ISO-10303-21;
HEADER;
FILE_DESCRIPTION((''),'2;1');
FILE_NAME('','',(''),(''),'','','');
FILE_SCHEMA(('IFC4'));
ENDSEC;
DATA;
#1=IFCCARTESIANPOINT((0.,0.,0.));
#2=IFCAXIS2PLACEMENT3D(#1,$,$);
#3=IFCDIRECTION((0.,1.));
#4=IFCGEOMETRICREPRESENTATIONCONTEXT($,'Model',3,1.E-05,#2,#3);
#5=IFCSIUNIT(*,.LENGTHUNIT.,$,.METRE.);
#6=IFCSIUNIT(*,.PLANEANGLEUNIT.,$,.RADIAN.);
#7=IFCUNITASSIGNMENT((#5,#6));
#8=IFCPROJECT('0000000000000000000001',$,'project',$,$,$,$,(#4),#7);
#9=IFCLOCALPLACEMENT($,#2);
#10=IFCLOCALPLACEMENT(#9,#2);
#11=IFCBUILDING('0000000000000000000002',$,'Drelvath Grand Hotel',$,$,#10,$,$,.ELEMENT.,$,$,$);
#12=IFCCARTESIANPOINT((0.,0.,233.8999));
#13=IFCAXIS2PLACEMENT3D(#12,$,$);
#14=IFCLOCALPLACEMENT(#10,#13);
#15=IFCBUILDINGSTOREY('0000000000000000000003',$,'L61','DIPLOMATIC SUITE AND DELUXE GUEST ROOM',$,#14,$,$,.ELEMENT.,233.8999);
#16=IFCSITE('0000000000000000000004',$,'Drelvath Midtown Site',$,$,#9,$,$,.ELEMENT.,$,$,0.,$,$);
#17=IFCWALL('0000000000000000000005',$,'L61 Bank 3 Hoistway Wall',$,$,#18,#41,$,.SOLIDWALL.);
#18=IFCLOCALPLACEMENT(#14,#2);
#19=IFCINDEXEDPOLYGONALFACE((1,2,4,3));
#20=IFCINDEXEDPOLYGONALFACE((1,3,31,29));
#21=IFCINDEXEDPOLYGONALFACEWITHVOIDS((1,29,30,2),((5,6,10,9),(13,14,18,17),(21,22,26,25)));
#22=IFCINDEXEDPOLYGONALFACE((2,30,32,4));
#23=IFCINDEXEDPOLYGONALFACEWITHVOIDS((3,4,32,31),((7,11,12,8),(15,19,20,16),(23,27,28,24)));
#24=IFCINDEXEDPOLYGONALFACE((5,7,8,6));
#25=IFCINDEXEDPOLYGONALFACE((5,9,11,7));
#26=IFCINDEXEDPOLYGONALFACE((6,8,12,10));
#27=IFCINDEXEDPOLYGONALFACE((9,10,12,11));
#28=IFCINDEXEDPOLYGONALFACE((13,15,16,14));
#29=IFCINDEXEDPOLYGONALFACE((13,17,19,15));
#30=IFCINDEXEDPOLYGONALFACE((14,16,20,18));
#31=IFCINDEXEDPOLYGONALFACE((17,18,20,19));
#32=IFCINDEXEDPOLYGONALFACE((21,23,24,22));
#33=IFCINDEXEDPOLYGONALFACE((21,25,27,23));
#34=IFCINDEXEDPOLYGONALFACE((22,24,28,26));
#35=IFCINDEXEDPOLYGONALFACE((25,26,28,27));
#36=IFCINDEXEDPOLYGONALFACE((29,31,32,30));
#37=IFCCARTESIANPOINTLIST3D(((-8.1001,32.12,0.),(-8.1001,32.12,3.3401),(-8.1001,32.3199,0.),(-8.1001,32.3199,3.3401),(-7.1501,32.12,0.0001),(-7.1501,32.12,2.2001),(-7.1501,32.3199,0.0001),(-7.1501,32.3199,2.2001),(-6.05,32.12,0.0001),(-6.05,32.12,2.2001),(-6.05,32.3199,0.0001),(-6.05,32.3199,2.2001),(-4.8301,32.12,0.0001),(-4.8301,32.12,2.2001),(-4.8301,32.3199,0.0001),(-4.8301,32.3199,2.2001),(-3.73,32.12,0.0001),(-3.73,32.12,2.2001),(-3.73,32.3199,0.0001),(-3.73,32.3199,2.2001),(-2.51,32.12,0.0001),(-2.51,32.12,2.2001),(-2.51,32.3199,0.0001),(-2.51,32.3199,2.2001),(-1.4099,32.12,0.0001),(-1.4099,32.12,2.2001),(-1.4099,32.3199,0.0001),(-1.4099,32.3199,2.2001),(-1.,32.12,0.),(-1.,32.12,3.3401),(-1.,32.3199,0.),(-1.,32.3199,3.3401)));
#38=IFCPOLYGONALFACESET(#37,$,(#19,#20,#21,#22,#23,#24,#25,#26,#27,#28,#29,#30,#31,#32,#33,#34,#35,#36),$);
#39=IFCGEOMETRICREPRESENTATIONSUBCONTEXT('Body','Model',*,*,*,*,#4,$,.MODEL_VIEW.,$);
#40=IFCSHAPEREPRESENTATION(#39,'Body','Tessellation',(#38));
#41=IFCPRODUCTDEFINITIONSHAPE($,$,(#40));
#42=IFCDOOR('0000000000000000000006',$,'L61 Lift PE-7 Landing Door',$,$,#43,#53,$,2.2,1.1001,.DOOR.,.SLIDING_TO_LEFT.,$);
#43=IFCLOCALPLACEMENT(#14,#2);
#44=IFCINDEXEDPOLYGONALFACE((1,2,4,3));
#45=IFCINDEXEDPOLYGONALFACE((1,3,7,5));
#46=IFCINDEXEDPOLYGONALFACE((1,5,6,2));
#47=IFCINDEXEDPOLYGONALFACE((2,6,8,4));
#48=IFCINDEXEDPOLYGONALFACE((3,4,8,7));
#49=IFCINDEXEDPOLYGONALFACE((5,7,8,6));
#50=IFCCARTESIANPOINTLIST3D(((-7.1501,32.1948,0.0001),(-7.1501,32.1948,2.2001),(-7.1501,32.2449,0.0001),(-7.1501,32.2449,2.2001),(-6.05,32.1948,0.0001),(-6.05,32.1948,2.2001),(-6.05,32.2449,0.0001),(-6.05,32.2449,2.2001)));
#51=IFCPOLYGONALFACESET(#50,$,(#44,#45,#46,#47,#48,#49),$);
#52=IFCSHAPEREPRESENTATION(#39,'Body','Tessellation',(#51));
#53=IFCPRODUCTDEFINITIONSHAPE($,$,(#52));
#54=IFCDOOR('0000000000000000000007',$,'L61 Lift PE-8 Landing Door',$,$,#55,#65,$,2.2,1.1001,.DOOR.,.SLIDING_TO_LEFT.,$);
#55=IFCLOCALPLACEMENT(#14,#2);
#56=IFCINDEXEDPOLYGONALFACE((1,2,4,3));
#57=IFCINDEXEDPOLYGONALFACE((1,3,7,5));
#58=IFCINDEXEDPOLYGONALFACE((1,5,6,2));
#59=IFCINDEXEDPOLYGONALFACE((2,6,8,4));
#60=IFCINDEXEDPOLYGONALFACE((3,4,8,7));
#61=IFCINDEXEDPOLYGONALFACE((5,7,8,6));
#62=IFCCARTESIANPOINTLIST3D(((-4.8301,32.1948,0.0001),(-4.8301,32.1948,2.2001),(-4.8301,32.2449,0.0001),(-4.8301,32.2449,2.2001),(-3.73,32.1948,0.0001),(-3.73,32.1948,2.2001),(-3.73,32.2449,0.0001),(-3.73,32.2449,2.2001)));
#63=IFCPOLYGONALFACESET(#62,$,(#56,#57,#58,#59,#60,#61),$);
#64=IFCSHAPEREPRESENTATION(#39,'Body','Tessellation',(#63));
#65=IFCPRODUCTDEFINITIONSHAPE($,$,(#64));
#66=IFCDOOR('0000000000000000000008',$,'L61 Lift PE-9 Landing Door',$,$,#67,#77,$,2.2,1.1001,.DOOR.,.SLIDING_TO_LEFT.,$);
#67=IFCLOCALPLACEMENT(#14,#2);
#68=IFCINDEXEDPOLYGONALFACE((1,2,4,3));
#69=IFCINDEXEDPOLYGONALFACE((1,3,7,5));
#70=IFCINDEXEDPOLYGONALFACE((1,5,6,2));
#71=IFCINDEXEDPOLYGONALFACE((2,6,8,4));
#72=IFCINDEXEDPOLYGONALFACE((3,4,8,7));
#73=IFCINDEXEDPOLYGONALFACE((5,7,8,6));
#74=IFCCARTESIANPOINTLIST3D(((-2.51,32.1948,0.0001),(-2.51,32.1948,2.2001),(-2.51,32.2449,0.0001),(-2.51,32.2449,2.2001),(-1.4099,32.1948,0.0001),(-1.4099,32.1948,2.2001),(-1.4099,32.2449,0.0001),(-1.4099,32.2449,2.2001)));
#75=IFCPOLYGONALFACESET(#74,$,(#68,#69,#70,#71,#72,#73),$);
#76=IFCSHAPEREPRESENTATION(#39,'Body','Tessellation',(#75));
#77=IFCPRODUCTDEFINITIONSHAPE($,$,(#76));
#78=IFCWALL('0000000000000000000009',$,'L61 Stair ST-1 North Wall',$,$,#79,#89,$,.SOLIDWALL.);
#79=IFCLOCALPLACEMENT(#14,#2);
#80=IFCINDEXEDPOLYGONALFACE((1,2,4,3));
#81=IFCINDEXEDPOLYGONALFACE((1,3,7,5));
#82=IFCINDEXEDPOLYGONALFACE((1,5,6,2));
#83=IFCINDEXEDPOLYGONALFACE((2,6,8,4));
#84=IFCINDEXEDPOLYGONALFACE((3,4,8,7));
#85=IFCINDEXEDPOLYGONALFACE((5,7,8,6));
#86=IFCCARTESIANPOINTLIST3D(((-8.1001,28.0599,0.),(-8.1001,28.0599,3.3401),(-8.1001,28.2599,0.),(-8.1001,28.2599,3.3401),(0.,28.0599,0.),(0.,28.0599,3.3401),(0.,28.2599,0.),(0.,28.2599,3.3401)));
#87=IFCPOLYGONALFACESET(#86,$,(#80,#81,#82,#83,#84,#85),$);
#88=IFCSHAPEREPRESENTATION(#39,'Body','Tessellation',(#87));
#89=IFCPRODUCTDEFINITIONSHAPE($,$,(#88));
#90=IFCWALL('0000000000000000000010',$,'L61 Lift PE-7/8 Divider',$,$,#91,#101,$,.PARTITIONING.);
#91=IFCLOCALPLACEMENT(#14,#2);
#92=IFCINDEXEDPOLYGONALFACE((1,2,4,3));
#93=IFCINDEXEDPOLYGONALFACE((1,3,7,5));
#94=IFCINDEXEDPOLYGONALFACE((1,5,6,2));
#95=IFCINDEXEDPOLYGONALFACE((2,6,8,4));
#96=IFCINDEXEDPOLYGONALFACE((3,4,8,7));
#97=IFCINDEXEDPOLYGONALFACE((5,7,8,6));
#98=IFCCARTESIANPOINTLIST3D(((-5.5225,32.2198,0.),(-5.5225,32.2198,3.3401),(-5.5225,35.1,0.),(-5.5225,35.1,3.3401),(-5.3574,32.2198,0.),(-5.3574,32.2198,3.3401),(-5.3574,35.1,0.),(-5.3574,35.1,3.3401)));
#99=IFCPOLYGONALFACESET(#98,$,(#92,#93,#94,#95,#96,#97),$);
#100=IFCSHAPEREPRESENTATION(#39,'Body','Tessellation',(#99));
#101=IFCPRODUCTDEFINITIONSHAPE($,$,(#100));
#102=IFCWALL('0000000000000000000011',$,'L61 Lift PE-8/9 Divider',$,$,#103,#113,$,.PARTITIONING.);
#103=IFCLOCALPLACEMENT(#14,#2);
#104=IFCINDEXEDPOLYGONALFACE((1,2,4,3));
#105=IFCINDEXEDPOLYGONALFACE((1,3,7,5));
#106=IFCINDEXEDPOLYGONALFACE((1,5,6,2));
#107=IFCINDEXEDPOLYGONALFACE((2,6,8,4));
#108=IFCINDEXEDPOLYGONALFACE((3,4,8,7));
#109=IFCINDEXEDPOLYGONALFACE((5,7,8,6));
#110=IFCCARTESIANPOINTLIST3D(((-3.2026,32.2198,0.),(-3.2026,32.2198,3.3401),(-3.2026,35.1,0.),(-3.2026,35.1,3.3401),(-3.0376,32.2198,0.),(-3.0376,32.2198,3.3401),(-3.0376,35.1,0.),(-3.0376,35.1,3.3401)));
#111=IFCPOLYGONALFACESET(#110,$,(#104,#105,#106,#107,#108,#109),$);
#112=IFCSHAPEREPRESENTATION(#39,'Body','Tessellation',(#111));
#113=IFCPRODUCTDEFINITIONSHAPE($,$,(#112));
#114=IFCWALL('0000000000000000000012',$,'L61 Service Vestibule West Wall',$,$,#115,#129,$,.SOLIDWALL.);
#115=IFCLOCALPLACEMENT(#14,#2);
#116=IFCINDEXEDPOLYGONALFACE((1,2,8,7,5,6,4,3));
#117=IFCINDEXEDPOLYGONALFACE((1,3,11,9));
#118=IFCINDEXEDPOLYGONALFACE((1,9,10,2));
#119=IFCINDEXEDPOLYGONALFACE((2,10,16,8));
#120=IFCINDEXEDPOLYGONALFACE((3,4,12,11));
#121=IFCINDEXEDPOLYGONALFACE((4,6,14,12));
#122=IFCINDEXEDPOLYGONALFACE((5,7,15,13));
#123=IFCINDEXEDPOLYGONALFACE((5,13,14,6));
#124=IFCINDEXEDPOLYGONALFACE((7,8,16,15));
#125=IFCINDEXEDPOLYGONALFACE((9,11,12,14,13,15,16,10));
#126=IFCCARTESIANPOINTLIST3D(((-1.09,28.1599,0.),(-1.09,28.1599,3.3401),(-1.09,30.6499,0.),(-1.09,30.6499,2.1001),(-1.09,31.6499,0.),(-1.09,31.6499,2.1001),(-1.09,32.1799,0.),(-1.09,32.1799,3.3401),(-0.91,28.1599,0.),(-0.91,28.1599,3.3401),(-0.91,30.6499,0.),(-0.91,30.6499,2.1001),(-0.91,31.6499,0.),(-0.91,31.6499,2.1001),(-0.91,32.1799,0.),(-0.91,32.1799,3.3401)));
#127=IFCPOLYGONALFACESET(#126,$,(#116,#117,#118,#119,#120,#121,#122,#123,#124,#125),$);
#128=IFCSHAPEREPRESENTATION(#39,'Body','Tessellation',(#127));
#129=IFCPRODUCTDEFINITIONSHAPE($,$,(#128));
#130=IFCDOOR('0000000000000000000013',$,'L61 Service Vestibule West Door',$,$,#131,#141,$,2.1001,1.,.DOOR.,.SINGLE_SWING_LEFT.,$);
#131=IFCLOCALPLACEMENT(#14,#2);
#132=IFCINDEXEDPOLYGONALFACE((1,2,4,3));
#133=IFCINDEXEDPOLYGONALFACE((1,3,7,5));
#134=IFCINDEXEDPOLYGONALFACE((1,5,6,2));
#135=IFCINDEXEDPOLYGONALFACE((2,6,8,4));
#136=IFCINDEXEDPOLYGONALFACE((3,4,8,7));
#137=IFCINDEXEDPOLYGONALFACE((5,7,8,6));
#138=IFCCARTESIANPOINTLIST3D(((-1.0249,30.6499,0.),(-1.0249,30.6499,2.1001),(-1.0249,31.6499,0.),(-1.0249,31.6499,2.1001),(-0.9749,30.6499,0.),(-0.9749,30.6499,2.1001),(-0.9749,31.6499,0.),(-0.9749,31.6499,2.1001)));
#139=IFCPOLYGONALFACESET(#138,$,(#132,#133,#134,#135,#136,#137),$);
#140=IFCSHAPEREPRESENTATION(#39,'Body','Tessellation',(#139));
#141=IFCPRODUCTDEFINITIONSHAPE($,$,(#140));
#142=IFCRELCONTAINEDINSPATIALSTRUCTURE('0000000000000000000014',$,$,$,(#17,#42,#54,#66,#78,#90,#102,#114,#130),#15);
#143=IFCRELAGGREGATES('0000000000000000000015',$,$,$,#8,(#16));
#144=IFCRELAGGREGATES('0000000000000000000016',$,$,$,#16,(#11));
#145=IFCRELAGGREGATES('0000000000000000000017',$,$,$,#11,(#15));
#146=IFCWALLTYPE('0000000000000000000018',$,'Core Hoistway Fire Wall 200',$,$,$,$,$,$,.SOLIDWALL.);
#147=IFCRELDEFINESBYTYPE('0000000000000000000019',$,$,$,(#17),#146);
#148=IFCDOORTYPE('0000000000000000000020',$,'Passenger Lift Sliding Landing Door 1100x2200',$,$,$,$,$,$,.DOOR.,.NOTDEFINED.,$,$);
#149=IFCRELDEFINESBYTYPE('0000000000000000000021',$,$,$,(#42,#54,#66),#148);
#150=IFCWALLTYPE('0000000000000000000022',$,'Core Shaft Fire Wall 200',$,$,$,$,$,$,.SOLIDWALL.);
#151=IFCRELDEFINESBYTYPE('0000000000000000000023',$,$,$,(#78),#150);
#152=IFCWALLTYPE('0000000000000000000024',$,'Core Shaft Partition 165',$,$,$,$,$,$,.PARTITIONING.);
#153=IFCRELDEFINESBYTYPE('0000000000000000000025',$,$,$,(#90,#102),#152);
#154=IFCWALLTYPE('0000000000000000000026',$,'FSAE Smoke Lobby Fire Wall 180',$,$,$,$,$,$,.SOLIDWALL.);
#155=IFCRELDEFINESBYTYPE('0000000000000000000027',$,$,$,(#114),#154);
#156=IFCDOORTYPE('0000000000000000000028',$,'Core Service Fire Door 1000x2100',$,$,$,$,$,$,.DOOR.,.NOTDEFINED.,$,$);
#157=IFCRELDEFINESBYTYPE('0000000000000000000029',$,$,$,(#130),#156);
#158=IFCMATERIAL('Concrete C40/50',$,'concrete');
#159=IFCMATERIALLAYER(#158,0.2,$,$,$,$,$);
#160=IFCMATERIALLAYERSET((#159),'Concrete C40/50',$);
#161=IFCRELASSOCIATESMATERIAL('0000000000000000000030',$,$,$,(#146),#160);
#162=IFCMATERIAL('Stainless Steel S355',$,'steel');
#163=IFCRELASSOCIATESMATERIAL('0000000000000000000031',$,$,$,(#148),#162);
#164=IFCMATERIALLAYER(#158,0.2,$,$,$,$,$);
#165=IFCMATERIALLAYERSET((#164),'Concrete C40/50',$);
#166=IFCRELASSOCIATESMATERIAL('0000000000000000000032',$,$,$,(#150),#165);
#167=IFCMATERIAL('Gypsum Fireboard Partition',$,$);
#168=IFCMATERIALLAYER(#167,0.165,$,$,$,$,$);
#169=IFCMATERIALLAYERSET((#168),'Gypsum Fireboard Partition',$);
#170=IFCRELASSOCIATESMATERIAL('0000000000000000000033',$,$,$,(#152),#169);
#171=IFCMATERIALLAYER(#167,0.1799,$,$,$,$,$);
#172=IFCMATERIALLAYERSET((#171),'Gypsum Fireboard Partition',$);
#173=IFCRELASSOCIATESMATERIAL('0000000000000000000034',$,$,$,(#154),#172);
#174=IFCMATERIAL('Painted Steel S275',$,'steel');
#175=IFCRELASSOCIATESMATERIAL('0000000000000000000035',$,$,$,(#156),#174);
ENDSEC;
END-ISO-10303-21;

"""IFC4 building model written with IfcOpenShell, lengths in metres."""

from ifc_helpers import new_model, si_unit, direction, frame, frame_2d, origin, place, context, subcontext, project, spatial, rectangle, extrude, material, layer, layer_set, type_object, element, fill, save


model = new_model("IFC4")

# Units and contexts
model_context = context("Model", 3, precision=1e-05, world=origin(), true_north=direction((0.0, 1.0)))
body_context = subcontext(model_context, "Body", "Model", "MODEL_VIEW")
ifc_project = project(units=[si_unit("LENGTHUNIT", "METRE"), si_unit("PLANEANGLEUNIT", "RADIAN")], contexts=[model_context])

# Site, building, storey
site_placement = place(None, origin())
site = spatial("IfcSite", under=ifc_project, at=site_placement, Name="Drelvath Midtown Site", CompositionType="ELEMENT", RefElevation=0.0)
building_placement = place(site_placement, origin())
building = spatial("IfcBuilding", under=site, at=building_placement, Name="Drelvath Grand Hotel", CompositionType="ELEMENT")
storey_placement = place(building_placement, frame((0.0, 0.0, 233.8999)))
storey = spatial("IfcBuildingStorey", under=building, at=storey_placement, Name="L61", Description="DIPLOMATIC SUITE AND DELUXE GUEST ROOM", CompositionType="ELEMENT", Elevation=233.8999)

# Shared definitions
ifc_material_1 = material(Name="Painted Steel S275", Category="steel")

# Shared definitions
ifc_material_2 = material(Name="Concrete C40/50", Category="concrete")
ifc_layer_1 = layer(ifc_material_2, 0.2)
ifc_layer_set_1 = layer_set([ifc_layer_1], Name="Concrete C40/50")
wall_type_1 = type_object("IfcWallType", Name="Core Hoistway Fire Wall 200", PredefinedType="SOLIDWALL", material=ifc_layer_set_1)
ifc_material_3 = material(Name="Stainless Steel S355", Category="steel")

# Wall, openings, doors
wall_1_placement = place(storey_placement, frame((-8.1001, 32.22, 0.0), z_axis=(0.0, 0.0, 1.0), x_axis=(1.0, 0.0, 0.0)))
wall_1 = element("IfcWall", 1, at=wall_1_placement, inside=storey, type_object=wall_type_1, Name="L61 Bank 3 Hoistway Wall", PredefinedType="SOLIDWALL", context=body_context, shape_type="SweptSolid", body=[
    extrude(rectangle(XDim=7.1001, YDim=0.2, at=frame_2d((3.55, 0.0))), origin(), (0.0, 0.0, 1.0), 3.3401),
])
opening_1_placement = place(wall_1_placement, frame((0.95, 0.0, 0.0)))
opening_1 = element("IfcOpeningElement", 2, at=opening_1_placement, cuts=wall_1, PredefinedType="OPENING", context=body_context, shape_type="SweptSolid", body=[
    extrude(rectangle(XDim=1.1001, YDim=2.2, at=frame_2d((0.55, 1.1001))), frame((0.0, 0.1099, 0.0), z_axis=(0.0, -1.0, 0.0), x_axis=(1.0, 0.0, 0.0)), (0.0, 0.0, 1.0), 0.22),
])
opening_2_placement = place(wall_1_placement, frame((3.27, 0.0, 0.0)))
opening_2 = element("IfcOpeningElement", 3, at=opening_2_placement, cuts=wall_1, PredefinedType="OPENING", context=body_context, shape_type="SweptSolid", body=[
    extrude(rectangle(XDim=1.1001, YDim=2.2, at=frame_2d((0.55, 1.1001))), frame((0.0, 0.1099, 0.0), z_axis=(0.0, -1.0, 0.0), x_axis=(1.0, 0.0, 0.0)), (0.0, 0.0, 1.0), 0.22),
])
opening_3_placement = place(wall_1_placement, frame((5.5901, 0.0, 0.0)))
opening_3 = element("IfcOpeningElement", 4, at=opening_3_placement, cuts=wall_1, PredefinedType="OPENING", context=body_context, shape_type="SweptSolid", body=[
    extrude(rectangle(XDim=1.1001, YDim=2.2, at=frame_2d((0.55, 1.1001))), frame((0.0, 0.1099, 0.0), z_axis=(0.0, -1.0, 0.0), x_axis=(1.0, 0.0, 0.0)), (0.0, 0.0, 1.0), 0.22),
])
door_type_1 = type_object("IfcDoorType", Name="Passenger Lift Sliding Landing Door 1100x2200", OperationType="NOTDEFINED", PredefinedType="DOOR", material=ifc_material_3)
door_1_placement = place(opening_1_placement, origin())
door_1 = element("IfcDoor", 5, at=door_1_placement, inside=storey, type_object=door_type_1, Name="L61 Lift PE-7 Landing Door", OperationType="SLIDING_TO_LEFT", OverallHeight=2.2, OverallWidth=1.1001, PredefinedType="DOOR", context=body_context, shape_type="SweptSolid", body=[
    extrude(rectangle(XDim=1.1001, YDim=2.2, at=frame_2d((0.55, 1.1001))), frame((0.0, 0.0249, 0.0), z_axis=(0.0, -1.0, 0.0), x_axis=(1.0, 0.0, 0.0)), (0.0, 0.0, 1.0), 0.05),
])
fill(opening_1, door_1)
door_2_placement = place(opening_2_placement, origin())
door_2 = element("IfcDoor", 6, at=door_2_placement, inside=storey, type_object=door_type_1, Name="L61 Lift PE-8 Landing Door", OperationType="SLIDING_TO_LEFT", OverallHeight=2.2, OverallWidth=1.1001, PredefinedType="DOOR", context=body_context, shape_type="SweptSolid", body=[
    extrude(rectangle(XDim=1.1001, YDim=2.2, at=frame_2d((0.55, 1.1001))), frame((0.0, 0.0249, 0.0), z_axis=(0.0, -1.0, 0.0), x_axis=(1.0, 0.0, 0.0)), (0.0, 0.0, 1.0), 0.05),
])
fill(opening_2, door_2)
door_3_placement = place(opening_3_placement, origin())
door_3 = element("IfcDoor", 7, at=door_3_placement, inside=storey, type_object=door_type_1, Name="L61 Lift PE-9 Landing Door", OperationType="SLIDING_TO_LEFT", OverallHeight=2.2, OverallWidth=1.1001, PredefinedType="DOOR", context=body_context, shape_type="SweptSolid", body=[
    extrude(rectangle(XDim=1.1001, YDim=2.2, at=frame_2d((0.55, 1.1001))), frame((0.0, 0.0249, 0.0), z_axis=(0.0, -1.0, 0.0), x_axis=(1.0, 0.0, 0.0)), (0.0, 0.0, 1.0), 0.05),
])
fill(opening_3, door_3)

# Walls
ifc_layer_2 = layer(ifc_material_2, 0.2)
ifc_layer_set_2 = layer_set([ifc_layer_2], Name="Concrete C40/50")
wall_type_2 = type_object("IfcWallType", Name="Core Shaft Fire Wall 200", PredefinedType="SOLIDWALL", material=ifc_layer_set_2)
wall_2_placement = place(storey_placement, frame((-8.1001, 28.1599, 0.0), z_axis=(0.0, 0.0, 1.0), x_axis=(1.0, 0.0, 0.0)))
element("IfcWall", 8, at=wall_2_placement, inside=storey, type_object=wall_type_2, Name="L61 Stair ST-1 North Wall", PredefinedType="SOLIDWALL", context=body_context, shape_type="SweptSolid", body=[
    extrude(rectangle(XDim=8.1001, YDim=0.2, at=frame_2d((4.05, 0.0))), origin(), (0.0, 0.0, 1.0), 3.3401),
])
ifc_material_4 = material(Name="Gypsum Fireboard Partition")
ifc_layer_3 = layer(ifc_material_4, 0.165)
ifc_layer_set_3 = layer_set([ifc_layer_3], Name="Gypsum Fireboard Partition")
wall_type_3 = type_object("IfcWallType", Name="Core Shaft Partition 165", PredefinedType="PARTITIONING", material=ifc_layer_set_3)
for number, where, z_axis, x_axis, name in (
    (9, (-5.4399, 32.22, 0.0), (0.0, 0.0, 1.0), (0.0, 1.0, 0.0), "L61 Lift PE-7/8 Divider"),
    (10, (-3.1201, 32.22, 0.0), (0.0, 0.0, 1.0), (0.0, 1.0, 0.0), "L61 Lift PE-8/9 Divider"),
):
    element("IfcWall", number, at=place(storey_placement, frame(where, z_axis=z_axis, x_axis=x_axis)), inside=storey, type_object=wall_type_3, Name=name, PredefinedType="PARTITIONING", context=body_context, shape_type="SweptSolid", body=[
        extrude(rectangle(XDim=2.8801, YDim=0.165, at=frame_2d((1.4399, 0.0))), origin(), (0.0, 0.0, 1.0), 3.3401),
    ])

# Wall, opening, door
ifc_layer_4 = layer(ifc_material_4, 0.1799)
ifc_layer_set_4 = layer_set([ifc_layer_4], Name="Gypsum Fireboard Partition")
wall_type_4 = type_object("IfcWallType", Name="FSAE Smoke Lobby Fire Wall 180", PredefinedType="SOLIDWALL", material=ifc_layer_set_4)
wall_3_placement = place(storey_placement, frame((-1.0, 28.1599, 0.0), z_axis=(0.0, 0.0, 1.0), x_axis=(0.0, 1.0, 0.0)))
wall_3 = element("IfcWall", 11, at=wall_3_placement, inside=storey, type_object=wall_type_4, Name="L61 Service Vestibule West Wall", PredefinedType="SOLIDWALL", context=body_context, shape_type="SweptSolid", body=[
    extrude(rectangle(XDim=4.02, YDim=0.1799, at=frame_2d((2.01, 0.0))), origin(), (0.0, 0.0, 1.0), 3.3401),
])
opening_4_placement = place(wall_3_placement, frame((2.49, 0.0, 0.0)))
opening_4 = element("IfcOpeningElement", 12, at=opening_4_placement, cuts=wall_3, PredefinedType="OPENING", context=body_context, shape_type="SweptSolid", body=[
    extrude(rectangle(XDim=1.0, YDim=2.1001, at=frame_2d((0.5, 1.05))), frame((0.0, 0.0999, 0.0), z_axis=(0.0, -1.0, 0.0), x_axis=(1.0, 0.0, 0.0)), (0.0, 0.0, 1.0), 0.2),
])
door_type_2 = type_object("IfcDoorType", Name="Core Service Fire Door 1000x2100", OperationType="NOTDEFINED", PredefinedType="DOOR", material=ifc_material_1)
door_4_placement = place(opening_4_placement, origin())
door_4 = element("IfcDoor", 13, at=door_4_placement, inside=storey, type_object=door_type_2, Name="L61 Service Vestibule West Door", OperationType="SINGLE_SWING_LEFT", OverallHeight=2.1001, OverallWidth=1.0, PredefinedType="DOOR", context=body_context, shape_type="SweptSolid", body=[
    extrude(rectangle(XDim=1.0, YDim=2.1001, at=frame_2d((0.5, 1.05))), frame((0.0, 0.0249, 0.0), z_axis=(0.0, -1.0, 0.0), x_axis=(1.0, 0.0, 0.0)), (0.0, 0.0, 1.0), 0.05),
])
fill(opening_4, door_4)

save(model, "model.ifc")
